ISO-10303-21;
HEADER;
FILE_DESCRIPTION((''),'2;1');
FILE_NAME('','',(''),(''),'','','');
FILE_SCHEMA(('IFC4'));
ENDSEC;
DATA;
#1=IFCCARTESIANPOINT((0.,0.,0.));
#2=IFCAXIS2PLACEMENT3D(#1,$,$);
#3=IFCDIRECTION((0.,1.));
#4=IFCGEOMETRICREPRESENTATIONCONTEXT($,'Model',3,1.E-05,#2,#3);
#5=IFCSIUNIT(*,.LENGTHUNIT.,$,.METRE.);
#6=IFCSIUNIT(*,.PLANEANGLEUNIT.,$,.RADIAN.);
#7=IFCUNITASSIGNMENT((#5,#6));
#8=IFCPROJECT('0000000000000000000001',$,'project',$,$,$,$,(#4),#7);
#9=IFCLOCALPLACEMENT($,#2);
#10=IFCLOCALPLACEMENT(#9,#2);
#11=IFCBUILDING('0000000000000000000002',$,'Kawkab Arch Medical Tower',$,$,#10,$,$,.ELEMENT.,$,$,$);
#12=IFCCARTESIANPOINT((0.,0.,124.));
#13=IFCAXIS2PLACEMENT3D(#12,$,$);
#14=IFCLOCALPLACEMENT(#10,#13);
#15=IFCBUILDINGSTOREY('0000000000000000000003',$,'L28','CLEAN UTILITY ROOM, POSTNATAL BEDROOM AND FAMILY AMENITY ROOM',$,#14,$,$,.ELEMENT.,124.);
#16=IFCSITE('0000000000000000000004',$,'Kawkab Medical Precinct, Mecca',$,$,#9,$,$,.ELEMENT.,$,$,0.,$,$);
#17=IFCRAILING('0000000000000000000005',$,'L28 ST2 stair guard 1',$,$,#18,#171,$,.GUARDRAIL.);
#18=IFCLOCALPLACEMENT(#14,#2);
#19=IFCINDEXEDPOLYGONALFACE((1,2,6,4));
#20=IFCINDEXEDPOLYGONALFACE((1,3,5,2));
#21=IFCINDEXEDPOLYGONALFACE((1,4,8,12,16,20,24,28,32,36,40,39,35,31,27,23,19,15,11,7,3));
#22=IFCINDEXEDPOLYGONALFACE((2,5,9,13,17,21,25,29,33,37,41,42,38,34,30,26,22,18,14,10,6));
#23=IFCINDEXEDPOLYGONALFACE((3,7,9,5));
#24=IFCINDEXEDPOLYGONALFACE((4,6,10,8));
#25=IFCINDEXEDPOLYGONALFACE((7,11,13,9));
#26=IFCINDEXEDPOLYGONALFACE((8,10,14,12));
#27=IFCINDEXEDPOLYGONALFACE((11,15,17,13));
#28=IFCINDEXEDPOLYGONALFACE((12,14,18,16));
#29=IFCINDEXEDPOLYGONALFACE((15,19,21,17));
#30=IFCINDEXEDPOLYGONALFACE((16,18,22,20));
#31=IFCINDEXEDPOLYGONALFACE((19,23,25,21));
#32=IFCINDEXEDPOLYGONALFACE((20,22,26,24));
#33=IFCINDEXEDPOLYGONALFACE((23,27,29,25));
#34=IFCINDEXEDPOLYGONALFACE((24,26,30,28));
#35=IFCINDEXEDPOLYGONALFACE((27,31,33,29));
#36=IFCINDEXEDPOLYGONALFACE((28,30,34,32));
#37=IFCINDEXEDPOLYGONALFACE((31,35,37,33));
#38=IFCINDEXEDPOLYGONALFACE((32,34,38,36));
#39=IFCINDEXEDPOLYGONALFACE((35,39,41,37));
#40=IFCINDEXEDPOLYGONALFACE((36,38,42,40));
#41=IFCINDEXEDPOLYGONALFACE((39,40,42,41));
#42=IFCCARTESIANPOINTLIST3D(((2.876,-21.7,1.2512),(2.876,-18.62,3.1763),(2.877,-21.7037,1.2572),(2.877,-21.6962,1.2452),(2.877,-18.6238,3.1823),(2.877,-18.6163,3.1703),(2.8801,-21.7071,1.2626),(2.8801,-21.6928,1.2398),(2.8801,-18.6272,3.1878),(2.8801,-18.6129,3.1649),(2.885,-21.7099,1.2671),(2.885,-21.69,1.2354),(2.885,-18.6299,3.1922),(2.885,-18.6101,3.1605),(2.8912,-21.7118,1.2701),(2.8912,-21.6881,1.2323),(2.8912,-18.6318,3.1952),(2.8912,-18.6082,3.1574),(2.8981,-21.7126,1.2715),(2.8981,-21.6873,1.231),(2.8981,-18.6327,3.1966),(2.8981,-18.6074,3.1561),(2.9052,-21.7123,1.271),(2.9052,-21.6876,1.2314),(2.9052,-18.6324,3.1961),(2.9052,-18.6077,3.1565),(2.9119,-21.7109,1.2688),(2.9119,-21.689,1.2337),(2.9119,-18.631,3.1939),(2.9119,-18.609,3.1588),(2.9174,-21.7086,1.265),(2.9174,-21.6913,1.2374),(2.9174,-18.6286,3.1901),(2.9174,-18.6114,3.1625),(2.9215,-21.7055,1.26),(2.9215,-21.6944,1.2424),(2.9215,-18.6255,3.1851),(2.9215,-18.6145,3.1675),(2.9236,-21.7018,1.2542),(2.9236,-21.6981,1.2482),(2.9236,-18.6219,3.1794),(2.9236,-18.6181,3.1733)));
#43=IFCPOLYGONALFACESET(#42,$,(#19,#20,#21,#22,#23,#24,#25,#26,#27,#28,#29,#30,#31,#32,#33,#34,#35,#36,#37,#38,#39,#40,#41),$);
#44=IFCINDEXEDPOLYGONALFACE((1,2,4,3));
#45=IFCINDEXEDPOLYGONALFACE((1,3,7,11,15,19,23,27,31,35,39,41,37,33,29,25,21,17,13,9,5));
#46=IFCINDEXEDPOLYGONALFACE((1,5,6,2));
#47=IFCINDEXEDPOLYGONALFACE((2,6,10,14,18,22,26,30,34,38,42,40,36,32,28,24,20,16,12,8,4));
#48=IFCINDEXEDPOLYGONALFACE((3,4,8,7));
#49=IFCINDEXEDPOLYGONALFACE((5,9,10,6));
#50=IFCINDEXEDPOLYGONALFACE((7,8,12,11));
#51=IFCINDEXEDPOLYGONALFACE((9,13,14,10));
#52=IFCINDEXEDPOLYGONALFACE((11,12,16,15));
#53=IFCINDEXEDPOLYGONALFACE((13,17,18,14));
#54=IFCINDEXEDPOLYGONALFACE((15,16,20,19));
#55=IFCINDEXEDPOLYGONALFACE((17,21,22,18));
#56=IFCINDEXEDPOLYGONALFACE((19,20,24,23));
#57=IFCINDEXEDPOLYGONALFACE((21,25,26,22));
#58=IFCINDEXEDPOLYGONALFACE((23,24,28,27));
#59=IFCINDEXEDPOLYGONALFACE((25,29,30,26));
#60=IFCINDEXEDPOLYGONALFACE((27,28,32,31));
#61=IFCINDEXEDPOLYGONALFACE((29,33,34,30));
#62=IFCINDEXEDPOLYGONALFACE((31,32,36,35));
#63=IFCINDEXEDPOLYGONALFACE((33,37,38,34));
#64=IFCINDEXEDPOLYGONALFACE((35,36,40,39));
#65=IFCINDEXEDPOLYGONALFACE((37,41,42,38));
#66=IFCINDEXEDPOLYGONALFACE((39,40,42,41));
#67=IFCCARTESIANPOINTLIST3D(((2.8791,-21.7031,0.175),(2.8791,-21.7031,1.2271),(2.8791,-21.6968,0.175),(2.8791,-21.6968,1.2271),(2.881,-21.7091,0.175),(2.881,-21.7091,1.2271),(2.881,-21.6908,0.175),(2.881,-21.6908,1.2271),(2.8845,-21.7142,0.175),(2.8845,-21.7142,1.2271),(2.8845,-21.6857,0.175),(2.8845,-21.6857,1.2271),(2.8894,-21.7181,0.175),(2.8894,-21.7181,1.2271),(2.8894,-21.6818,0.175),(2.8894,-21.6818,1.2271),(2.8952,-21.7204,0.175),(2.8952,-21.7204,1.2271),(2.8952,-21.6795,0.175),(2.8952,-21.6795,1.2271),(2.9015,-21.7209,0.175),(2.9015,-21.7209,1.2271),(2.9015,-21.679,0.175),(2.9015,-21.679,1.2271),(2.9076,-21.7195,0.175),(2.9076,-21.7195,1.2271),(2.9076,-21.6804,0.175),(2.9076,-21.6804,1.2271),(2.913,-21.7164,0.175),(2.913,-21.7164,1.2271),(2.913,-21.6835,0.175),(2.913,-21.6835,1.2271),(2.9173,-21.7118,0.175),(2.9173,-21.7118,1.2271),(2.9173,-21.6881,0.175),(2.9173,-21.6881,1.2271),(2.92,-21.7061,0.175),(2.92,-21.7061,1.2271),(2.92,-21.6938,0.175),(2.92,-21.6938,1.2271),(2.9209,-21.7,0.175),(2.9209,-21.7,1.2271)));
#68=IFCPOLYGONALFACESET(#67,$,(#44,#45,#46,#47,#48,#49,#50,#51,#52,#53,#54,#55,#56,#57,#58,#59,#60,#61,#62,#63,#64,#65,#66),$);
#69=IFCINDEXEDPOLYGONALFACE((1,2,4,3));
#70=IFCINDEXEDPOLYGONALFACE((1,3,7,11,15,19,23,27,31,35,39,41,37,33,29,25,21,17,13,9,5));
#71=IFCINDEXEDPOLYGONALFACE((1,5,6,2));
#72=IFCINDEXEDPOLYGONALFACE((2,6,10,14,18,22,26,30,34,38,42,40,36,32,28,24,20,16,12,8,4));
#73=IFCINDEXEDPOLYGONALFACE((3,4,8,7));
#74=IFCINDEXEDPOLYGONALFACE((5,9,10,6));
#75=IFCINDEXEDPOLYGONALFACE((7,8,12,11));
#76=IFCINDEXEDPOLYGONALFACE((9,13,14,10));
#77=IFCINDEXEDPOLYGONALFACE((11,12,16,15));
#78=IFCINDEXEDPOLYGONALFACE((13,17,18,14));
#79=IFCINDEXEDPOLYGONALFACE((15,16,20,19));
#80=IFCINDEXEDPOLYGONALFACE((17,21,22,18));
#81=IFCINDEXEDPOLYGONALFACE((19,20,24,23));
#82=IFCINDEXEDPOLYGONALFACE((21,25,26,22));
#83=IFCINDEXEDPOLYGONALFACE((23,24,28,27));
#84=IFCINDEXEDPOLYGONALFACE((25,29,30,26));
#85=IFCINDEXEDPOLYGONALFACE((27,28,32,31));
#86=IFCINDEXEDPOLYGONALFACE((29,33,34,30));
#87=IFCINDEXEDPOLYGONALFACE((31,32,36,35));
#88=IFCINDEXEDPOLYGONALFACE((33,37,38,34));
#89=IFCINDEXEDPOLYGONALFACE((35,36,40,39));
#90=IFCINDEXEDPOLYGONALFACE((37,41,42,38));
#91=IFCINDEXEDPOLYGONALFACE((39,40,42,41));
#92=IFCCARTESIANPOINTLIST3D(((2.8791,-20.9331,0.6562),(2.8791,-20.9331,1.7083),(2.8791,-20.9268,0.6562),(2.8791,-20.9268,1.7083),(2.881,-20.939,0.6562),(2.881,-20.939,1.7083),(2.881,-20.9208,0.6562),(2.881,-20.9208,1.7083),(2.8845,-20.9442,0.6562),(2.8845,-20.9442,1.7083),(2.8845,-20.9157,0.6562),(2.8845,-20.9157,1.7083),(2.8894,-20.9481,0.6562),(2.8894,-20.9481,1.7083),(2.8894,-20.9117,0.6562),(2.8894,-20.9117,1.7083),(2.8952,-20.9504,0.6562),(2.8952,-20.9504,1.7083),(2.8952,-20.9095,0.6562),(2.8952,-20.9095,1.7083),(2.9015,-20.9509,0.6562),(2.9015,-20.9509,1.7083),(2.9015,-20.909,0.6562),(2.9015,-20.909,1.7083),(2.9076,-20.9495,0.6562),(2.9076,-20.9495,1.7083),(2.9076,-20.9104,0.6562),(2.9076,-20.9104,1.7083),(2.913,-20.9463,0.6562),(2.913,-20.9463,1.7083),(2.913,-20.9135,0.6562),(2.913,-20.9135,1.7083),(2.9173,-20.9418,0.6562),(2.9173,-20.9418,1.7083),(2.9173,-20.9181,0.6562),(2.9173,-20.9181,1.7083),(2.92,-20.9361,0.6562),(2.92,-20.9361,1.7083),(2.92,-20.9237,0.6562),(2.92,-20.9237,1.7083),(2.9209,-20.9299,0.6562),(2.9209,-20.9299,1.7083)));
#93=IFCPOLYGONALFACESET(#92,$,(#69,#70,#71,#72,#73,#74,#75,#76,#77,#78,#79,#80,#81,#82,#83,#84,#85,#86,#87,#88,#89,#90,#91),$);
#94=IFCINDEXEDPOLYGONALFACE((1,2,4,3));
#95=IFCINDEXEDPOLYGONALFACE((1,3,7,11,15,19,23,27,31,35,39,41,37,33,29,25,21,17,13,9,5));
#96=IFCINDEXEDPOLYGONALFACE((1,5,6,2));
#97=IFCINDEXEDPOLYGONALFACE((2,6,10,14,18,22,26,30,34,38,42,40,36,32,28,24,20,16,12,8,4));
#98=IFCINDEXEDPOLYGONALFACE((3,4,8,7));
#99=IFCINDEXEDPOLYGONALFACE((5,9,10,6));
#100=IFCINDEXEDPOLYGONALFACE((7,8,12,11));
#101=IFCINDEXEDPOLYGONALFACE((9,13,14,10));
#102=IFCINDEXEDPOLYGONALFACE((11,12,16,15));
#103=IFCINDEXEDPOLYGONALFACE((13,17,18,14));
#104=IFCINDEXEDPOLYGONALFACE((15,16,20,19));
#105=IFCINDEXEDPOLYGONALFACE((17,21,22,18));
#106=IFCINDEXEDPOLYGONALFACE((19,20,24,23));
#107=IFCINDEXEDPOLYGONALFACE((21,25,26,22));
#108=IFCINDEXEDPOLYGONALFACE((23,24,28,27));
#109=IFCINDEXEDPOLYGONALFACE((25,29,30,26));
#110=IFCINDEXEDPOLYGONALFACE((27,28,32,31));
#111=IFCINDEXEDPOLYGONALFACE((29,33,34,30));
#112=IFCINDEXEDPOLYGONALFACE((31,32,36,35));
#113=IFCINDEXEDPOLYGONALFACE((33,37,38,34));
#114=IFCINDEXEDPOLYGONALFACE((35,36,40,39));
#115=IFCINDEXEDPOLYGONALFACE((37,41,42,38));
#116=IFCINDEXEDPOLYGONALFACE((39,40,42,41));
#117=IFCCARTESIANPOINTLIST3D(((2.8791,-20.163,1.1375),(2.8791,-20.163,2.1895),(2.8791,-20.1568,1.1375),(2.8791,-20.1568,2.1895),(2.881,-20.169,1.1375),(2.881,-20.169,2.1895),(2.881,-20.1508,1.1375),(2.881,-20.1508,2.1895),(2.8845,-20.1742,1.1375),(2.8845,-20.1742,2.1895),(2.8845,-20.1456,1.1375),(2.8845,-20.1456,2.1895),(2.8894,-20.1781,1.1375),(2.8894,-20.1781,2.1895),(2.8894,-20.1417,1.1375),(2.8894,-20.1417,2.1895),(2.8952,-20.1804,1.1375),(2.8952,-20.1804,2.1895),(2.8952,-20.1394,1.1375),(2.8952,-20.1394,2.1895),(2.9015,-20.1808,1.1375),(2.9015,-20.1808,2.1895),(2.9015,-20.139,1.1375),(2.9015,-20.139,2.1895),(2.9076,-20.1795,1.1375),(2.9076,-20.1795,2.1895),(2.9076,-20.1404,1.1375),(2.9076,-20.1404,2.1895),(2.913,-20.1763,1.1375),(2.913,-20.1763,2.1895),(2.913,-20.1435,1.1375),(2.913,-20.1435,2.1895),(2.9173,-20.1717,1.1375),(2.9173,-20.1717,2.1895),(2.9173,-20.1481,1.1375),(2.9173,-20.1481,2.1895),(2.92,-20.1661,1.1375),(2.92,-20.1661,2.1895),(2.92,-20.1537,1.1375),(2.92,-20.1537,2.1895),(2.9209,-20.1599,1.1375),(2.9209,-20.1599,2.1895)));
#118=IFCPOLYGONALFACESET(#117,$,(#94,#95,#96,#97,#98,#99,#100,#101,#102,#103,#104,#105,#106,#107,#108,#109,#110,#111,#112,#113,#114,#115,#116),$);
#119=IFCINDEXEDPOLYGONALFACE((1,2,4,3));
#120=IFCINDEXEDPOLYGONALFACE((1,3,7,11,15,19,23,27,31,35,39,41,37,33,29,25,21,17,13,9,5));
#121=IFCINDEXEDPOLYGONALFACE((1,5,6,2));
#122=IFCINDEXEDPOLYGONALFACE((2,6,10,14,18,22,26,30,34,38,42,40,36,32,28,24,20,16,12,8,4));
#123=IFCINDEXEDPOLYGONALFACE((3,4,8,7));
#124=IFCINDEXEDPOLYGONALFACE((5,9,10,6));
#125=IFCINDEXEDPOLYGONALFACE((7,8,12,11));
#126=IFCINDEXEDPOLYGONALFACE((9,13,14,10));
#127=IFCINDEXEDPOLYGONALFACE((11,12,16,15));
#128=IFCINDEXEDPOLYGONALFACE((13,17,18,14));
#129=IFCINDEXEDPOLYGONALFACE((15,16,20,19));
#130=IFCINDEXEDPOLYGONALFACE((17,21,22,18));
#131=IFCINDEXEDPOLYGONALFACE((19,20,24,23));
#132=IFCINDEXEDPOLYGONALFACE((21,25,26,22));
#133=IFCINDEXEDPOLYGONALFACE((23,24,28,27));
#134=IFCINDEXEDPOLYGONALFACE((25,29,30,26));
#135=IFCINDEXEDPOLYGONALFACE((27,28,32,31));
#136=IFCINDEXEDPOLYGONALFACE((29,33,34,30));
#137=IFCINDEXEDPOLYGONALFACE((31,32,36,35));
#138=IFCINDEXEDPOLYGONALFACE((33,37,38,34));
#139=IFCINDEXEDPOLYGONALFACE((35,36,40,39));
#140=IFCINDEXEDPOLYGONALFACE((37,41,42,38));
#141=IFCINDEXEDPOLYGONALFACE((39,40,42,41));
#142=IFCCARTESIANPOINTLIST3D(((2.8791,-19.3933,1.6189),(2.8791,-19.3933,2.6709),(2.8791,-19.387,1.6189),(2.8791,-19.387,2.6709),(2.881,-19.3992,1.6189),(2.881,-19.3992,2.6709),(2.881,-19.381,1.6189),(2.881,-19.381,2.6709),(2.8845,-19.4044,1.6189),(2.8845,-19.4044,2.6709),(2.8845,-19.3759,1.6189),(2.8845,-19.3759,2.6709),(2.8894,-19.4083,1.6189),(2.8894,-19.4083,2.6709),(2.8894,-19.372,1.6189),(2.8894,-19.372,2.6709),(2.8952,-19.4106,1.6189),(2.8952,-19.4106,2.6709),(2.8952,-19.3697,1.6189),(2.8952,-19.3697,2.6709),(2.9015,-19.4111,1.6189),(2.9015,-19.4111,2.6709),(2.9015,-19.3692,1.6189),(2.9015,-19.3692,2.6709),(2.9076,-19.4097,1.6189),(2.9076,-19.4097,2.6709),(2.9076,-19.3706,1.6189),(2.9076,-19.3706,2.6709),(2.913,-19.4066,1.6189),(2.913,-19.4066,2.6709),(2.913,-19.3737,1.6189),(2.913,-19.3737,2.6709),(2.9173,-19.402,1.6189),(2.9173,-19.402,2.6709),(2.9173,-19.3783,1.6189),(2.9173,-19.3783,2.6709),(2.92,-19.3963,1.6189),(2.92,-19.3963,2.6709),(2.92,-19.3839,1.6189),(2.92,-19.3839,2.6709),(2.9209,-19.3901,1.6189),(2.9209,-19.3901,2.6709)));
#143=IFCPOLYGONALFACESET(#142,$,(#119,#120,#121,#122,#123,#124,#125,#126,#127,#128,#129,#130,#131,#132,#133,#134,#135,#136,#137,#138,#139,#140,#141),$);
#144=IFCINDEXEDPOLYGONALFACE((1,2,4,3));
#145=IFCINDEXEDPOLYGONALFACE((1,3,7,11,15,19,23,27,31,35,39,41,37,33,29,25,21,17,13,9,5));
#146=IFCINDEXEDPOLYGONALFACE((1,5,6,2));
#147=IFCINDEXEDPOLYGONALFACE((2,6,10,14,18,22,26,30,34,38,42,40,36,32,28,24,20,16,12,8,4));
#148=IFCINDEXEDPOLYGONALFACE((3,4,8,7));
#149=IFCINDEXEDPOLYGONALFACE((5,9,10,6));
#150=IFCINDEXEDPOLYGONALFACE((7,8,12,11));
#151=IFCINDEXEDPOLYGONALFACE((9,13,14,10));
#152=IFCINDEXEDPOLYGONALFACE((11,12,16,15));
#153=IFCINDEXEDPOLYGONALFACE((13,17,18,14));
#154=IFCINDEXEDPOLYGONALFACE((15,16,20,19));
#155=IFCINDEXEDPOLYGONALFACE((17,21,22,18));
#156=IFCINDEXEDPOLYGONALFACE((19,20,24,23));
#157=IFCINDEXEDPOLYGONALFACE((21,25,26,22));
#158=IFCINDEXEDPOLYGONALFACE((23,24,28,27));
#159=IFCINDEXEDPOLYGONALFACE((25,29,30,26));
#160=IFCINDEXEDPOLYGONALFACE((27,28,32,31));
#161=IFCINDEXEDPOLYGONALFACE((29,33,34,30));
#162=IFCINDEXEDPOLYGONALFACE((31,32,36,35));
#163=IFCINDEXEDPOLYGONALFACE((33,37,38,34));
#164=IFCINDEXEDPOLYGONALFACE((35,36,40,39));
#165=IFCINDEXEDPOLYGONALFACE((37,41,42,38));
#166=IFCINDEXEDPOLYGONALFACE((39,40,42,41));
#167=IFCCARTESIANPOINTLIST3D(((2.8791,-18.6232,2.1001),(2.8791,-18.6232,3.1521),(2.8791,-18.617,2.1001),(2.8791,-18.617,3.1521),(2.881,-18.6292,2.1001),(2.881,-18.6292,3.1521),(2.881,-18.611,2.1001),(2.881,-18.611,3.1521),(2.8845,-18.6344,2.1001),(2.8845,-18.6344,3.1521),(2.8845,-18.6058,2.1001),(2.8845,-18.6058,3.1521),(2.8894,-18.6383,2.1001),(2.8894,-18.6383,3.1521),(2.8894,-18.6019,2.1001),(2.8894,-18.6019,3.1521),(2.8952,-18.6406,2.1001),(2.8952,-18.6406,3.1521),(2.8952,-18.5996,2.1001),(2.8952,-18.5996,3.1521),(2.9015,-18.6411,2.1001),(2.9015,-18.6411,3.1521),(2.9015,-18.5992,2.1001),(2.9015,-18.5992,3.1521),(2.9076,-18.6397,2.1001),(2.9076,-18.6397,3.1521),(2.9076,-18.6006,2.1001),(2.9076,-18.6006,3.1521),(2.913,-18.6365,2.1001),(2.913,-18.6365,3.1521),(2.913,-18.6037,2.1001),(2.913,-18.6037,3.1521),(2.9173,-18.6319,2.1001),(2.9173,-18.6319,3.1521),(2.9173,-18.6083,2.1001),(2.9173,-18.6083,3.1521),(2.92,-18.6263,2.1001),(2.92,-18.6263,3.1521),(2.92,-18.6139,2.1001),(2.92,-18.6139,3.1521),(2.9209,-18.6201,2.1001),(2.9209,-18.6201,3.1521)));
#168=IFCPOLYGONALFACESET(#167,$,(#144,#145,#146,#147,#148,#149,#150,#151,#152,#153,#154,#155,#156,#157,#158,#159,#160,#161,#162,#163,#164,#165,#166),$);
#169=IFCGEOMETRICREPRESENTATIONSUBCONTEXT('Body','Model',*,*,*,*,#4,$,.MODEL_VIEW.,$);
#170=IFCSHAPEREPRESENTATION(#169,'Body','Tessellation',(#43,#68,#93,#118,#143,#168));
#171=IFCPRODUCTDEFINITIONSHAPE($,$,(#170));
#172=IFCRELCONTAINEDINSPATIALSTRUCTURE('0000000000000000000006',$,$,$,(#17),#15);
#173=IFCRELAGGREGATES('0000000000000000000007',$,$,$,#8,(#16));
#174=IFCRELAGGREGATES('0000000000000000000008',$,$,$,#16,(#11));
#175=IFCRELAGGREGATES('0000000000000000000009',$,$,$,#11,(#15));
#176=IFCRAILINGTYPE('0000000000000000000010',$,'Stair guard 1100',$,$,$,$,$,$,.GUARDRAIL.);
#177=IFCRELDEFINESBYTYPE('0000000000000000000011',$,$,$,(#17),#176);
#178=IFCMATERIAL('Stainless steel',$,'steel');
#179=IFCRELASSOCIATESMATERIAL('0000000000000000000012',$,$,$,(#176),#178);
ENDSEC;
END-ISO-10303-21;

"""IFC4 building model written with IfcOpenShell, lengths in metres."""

from ifc_helpers import new_model, si_unit, direction, frame, origin, origin_2d, place, context, subcontext, project, spatial, circle, extrude, material, type_object, element, save


model = new_model("IFC4")

# Units and contexts
model_context = context("Model", 3, precision=1e-05, world=origin(), true_north=direction((0.0, 1.0)))
body_context = subcontext(model_context, "Body", "Model", "MODEL_VIEW")
ifc_project = project(units=[si_unit("LENGTHUNIT", "METRE"), si_unit("PLANEANGLEUNIT", "RADIAN")], contexts=[model_context])

# Site, building, storey
site_placement = place(None, origin())
site = spatial("IfcSite", under=ifc_project, at=site_placement, Name="Kawkab Medical Precinct, Mecca", CompositionType="ELEMENT", RefElevation=0.0)
building_placement = place(site_placement, origin())
building = spatial("IfcBuilding", under=site, at=building_placement, Name="Kawkab Arch Medical Tower", CompositionType="ELEMENT")
storey_placement = place(building_placement, frame((0.0, 0.0, 124.0)))
storey = spatial("IfcBuildingStorey", under=building, at=storey_placement, Name="L28", Description="CLEAN UTILITY ROOM, POSTNATAL BEDROOM AND FAMILY AMENITY ROOM", CompositionType="ELEMENT", Elevation=124.0)

# Railing
ifc_material_1 = material(Name="Stainless steel", Category="steel")
railing_type = type_object("IfcRailingType", Name="Stair guard 1100", PredefinedType="GUARDRAIL", material=ifc_material_1)
railing_1_placement = place(storey_placement, frame((2.8999, -21.7, 0.175)))
element("IfcRailing", 1, at=railing_1_placement, inside=storey, type_object=railing_type, Name="L28 ST2 stair guard 1", PredefinedType="GUARDRAIL", context=body_context, shape_type="SweptSolid", body=[
    extrude(circle(Radius=0.0239, at=origin_2d()), frame((0.0, 0.0, 1.0762), z_axis=(0.0, 0.847979, 0.530029), x_axis=(-1.0, 0.0, 0.0)), (0.0, 0.0, 1.0), 3.6321),
    extrude(circle(Radius=0.021, at=origin_2d()), origin(), (0.0, 0.0, 1.0), 1.052),
    extrude(circle(Radius=0.021, at=origin_2d()), frame((0.0, 0.77, 0.4812)), (0.0, 0.0, 1.0), 1.052),
    extrude(circle(Radius=0.021, at=origin_2d()), frame((0.0, 1.54, 0.9624)), (0.0, 0.0, 1.0), 1.052),
    extrude(circle(Radius=0.021, at=origin_2d()), frame((0.0, 2.3098, 1.4438)), (0.0, 0.0, 1.0), 1.052),
    extrude(circle(Radius=0.021, at=origin_2d()), frame((0.0, 3.0798, 1.925)), (0.0, 0.0, 1.0), 1.052),
])

save(model, "model.ifc")
